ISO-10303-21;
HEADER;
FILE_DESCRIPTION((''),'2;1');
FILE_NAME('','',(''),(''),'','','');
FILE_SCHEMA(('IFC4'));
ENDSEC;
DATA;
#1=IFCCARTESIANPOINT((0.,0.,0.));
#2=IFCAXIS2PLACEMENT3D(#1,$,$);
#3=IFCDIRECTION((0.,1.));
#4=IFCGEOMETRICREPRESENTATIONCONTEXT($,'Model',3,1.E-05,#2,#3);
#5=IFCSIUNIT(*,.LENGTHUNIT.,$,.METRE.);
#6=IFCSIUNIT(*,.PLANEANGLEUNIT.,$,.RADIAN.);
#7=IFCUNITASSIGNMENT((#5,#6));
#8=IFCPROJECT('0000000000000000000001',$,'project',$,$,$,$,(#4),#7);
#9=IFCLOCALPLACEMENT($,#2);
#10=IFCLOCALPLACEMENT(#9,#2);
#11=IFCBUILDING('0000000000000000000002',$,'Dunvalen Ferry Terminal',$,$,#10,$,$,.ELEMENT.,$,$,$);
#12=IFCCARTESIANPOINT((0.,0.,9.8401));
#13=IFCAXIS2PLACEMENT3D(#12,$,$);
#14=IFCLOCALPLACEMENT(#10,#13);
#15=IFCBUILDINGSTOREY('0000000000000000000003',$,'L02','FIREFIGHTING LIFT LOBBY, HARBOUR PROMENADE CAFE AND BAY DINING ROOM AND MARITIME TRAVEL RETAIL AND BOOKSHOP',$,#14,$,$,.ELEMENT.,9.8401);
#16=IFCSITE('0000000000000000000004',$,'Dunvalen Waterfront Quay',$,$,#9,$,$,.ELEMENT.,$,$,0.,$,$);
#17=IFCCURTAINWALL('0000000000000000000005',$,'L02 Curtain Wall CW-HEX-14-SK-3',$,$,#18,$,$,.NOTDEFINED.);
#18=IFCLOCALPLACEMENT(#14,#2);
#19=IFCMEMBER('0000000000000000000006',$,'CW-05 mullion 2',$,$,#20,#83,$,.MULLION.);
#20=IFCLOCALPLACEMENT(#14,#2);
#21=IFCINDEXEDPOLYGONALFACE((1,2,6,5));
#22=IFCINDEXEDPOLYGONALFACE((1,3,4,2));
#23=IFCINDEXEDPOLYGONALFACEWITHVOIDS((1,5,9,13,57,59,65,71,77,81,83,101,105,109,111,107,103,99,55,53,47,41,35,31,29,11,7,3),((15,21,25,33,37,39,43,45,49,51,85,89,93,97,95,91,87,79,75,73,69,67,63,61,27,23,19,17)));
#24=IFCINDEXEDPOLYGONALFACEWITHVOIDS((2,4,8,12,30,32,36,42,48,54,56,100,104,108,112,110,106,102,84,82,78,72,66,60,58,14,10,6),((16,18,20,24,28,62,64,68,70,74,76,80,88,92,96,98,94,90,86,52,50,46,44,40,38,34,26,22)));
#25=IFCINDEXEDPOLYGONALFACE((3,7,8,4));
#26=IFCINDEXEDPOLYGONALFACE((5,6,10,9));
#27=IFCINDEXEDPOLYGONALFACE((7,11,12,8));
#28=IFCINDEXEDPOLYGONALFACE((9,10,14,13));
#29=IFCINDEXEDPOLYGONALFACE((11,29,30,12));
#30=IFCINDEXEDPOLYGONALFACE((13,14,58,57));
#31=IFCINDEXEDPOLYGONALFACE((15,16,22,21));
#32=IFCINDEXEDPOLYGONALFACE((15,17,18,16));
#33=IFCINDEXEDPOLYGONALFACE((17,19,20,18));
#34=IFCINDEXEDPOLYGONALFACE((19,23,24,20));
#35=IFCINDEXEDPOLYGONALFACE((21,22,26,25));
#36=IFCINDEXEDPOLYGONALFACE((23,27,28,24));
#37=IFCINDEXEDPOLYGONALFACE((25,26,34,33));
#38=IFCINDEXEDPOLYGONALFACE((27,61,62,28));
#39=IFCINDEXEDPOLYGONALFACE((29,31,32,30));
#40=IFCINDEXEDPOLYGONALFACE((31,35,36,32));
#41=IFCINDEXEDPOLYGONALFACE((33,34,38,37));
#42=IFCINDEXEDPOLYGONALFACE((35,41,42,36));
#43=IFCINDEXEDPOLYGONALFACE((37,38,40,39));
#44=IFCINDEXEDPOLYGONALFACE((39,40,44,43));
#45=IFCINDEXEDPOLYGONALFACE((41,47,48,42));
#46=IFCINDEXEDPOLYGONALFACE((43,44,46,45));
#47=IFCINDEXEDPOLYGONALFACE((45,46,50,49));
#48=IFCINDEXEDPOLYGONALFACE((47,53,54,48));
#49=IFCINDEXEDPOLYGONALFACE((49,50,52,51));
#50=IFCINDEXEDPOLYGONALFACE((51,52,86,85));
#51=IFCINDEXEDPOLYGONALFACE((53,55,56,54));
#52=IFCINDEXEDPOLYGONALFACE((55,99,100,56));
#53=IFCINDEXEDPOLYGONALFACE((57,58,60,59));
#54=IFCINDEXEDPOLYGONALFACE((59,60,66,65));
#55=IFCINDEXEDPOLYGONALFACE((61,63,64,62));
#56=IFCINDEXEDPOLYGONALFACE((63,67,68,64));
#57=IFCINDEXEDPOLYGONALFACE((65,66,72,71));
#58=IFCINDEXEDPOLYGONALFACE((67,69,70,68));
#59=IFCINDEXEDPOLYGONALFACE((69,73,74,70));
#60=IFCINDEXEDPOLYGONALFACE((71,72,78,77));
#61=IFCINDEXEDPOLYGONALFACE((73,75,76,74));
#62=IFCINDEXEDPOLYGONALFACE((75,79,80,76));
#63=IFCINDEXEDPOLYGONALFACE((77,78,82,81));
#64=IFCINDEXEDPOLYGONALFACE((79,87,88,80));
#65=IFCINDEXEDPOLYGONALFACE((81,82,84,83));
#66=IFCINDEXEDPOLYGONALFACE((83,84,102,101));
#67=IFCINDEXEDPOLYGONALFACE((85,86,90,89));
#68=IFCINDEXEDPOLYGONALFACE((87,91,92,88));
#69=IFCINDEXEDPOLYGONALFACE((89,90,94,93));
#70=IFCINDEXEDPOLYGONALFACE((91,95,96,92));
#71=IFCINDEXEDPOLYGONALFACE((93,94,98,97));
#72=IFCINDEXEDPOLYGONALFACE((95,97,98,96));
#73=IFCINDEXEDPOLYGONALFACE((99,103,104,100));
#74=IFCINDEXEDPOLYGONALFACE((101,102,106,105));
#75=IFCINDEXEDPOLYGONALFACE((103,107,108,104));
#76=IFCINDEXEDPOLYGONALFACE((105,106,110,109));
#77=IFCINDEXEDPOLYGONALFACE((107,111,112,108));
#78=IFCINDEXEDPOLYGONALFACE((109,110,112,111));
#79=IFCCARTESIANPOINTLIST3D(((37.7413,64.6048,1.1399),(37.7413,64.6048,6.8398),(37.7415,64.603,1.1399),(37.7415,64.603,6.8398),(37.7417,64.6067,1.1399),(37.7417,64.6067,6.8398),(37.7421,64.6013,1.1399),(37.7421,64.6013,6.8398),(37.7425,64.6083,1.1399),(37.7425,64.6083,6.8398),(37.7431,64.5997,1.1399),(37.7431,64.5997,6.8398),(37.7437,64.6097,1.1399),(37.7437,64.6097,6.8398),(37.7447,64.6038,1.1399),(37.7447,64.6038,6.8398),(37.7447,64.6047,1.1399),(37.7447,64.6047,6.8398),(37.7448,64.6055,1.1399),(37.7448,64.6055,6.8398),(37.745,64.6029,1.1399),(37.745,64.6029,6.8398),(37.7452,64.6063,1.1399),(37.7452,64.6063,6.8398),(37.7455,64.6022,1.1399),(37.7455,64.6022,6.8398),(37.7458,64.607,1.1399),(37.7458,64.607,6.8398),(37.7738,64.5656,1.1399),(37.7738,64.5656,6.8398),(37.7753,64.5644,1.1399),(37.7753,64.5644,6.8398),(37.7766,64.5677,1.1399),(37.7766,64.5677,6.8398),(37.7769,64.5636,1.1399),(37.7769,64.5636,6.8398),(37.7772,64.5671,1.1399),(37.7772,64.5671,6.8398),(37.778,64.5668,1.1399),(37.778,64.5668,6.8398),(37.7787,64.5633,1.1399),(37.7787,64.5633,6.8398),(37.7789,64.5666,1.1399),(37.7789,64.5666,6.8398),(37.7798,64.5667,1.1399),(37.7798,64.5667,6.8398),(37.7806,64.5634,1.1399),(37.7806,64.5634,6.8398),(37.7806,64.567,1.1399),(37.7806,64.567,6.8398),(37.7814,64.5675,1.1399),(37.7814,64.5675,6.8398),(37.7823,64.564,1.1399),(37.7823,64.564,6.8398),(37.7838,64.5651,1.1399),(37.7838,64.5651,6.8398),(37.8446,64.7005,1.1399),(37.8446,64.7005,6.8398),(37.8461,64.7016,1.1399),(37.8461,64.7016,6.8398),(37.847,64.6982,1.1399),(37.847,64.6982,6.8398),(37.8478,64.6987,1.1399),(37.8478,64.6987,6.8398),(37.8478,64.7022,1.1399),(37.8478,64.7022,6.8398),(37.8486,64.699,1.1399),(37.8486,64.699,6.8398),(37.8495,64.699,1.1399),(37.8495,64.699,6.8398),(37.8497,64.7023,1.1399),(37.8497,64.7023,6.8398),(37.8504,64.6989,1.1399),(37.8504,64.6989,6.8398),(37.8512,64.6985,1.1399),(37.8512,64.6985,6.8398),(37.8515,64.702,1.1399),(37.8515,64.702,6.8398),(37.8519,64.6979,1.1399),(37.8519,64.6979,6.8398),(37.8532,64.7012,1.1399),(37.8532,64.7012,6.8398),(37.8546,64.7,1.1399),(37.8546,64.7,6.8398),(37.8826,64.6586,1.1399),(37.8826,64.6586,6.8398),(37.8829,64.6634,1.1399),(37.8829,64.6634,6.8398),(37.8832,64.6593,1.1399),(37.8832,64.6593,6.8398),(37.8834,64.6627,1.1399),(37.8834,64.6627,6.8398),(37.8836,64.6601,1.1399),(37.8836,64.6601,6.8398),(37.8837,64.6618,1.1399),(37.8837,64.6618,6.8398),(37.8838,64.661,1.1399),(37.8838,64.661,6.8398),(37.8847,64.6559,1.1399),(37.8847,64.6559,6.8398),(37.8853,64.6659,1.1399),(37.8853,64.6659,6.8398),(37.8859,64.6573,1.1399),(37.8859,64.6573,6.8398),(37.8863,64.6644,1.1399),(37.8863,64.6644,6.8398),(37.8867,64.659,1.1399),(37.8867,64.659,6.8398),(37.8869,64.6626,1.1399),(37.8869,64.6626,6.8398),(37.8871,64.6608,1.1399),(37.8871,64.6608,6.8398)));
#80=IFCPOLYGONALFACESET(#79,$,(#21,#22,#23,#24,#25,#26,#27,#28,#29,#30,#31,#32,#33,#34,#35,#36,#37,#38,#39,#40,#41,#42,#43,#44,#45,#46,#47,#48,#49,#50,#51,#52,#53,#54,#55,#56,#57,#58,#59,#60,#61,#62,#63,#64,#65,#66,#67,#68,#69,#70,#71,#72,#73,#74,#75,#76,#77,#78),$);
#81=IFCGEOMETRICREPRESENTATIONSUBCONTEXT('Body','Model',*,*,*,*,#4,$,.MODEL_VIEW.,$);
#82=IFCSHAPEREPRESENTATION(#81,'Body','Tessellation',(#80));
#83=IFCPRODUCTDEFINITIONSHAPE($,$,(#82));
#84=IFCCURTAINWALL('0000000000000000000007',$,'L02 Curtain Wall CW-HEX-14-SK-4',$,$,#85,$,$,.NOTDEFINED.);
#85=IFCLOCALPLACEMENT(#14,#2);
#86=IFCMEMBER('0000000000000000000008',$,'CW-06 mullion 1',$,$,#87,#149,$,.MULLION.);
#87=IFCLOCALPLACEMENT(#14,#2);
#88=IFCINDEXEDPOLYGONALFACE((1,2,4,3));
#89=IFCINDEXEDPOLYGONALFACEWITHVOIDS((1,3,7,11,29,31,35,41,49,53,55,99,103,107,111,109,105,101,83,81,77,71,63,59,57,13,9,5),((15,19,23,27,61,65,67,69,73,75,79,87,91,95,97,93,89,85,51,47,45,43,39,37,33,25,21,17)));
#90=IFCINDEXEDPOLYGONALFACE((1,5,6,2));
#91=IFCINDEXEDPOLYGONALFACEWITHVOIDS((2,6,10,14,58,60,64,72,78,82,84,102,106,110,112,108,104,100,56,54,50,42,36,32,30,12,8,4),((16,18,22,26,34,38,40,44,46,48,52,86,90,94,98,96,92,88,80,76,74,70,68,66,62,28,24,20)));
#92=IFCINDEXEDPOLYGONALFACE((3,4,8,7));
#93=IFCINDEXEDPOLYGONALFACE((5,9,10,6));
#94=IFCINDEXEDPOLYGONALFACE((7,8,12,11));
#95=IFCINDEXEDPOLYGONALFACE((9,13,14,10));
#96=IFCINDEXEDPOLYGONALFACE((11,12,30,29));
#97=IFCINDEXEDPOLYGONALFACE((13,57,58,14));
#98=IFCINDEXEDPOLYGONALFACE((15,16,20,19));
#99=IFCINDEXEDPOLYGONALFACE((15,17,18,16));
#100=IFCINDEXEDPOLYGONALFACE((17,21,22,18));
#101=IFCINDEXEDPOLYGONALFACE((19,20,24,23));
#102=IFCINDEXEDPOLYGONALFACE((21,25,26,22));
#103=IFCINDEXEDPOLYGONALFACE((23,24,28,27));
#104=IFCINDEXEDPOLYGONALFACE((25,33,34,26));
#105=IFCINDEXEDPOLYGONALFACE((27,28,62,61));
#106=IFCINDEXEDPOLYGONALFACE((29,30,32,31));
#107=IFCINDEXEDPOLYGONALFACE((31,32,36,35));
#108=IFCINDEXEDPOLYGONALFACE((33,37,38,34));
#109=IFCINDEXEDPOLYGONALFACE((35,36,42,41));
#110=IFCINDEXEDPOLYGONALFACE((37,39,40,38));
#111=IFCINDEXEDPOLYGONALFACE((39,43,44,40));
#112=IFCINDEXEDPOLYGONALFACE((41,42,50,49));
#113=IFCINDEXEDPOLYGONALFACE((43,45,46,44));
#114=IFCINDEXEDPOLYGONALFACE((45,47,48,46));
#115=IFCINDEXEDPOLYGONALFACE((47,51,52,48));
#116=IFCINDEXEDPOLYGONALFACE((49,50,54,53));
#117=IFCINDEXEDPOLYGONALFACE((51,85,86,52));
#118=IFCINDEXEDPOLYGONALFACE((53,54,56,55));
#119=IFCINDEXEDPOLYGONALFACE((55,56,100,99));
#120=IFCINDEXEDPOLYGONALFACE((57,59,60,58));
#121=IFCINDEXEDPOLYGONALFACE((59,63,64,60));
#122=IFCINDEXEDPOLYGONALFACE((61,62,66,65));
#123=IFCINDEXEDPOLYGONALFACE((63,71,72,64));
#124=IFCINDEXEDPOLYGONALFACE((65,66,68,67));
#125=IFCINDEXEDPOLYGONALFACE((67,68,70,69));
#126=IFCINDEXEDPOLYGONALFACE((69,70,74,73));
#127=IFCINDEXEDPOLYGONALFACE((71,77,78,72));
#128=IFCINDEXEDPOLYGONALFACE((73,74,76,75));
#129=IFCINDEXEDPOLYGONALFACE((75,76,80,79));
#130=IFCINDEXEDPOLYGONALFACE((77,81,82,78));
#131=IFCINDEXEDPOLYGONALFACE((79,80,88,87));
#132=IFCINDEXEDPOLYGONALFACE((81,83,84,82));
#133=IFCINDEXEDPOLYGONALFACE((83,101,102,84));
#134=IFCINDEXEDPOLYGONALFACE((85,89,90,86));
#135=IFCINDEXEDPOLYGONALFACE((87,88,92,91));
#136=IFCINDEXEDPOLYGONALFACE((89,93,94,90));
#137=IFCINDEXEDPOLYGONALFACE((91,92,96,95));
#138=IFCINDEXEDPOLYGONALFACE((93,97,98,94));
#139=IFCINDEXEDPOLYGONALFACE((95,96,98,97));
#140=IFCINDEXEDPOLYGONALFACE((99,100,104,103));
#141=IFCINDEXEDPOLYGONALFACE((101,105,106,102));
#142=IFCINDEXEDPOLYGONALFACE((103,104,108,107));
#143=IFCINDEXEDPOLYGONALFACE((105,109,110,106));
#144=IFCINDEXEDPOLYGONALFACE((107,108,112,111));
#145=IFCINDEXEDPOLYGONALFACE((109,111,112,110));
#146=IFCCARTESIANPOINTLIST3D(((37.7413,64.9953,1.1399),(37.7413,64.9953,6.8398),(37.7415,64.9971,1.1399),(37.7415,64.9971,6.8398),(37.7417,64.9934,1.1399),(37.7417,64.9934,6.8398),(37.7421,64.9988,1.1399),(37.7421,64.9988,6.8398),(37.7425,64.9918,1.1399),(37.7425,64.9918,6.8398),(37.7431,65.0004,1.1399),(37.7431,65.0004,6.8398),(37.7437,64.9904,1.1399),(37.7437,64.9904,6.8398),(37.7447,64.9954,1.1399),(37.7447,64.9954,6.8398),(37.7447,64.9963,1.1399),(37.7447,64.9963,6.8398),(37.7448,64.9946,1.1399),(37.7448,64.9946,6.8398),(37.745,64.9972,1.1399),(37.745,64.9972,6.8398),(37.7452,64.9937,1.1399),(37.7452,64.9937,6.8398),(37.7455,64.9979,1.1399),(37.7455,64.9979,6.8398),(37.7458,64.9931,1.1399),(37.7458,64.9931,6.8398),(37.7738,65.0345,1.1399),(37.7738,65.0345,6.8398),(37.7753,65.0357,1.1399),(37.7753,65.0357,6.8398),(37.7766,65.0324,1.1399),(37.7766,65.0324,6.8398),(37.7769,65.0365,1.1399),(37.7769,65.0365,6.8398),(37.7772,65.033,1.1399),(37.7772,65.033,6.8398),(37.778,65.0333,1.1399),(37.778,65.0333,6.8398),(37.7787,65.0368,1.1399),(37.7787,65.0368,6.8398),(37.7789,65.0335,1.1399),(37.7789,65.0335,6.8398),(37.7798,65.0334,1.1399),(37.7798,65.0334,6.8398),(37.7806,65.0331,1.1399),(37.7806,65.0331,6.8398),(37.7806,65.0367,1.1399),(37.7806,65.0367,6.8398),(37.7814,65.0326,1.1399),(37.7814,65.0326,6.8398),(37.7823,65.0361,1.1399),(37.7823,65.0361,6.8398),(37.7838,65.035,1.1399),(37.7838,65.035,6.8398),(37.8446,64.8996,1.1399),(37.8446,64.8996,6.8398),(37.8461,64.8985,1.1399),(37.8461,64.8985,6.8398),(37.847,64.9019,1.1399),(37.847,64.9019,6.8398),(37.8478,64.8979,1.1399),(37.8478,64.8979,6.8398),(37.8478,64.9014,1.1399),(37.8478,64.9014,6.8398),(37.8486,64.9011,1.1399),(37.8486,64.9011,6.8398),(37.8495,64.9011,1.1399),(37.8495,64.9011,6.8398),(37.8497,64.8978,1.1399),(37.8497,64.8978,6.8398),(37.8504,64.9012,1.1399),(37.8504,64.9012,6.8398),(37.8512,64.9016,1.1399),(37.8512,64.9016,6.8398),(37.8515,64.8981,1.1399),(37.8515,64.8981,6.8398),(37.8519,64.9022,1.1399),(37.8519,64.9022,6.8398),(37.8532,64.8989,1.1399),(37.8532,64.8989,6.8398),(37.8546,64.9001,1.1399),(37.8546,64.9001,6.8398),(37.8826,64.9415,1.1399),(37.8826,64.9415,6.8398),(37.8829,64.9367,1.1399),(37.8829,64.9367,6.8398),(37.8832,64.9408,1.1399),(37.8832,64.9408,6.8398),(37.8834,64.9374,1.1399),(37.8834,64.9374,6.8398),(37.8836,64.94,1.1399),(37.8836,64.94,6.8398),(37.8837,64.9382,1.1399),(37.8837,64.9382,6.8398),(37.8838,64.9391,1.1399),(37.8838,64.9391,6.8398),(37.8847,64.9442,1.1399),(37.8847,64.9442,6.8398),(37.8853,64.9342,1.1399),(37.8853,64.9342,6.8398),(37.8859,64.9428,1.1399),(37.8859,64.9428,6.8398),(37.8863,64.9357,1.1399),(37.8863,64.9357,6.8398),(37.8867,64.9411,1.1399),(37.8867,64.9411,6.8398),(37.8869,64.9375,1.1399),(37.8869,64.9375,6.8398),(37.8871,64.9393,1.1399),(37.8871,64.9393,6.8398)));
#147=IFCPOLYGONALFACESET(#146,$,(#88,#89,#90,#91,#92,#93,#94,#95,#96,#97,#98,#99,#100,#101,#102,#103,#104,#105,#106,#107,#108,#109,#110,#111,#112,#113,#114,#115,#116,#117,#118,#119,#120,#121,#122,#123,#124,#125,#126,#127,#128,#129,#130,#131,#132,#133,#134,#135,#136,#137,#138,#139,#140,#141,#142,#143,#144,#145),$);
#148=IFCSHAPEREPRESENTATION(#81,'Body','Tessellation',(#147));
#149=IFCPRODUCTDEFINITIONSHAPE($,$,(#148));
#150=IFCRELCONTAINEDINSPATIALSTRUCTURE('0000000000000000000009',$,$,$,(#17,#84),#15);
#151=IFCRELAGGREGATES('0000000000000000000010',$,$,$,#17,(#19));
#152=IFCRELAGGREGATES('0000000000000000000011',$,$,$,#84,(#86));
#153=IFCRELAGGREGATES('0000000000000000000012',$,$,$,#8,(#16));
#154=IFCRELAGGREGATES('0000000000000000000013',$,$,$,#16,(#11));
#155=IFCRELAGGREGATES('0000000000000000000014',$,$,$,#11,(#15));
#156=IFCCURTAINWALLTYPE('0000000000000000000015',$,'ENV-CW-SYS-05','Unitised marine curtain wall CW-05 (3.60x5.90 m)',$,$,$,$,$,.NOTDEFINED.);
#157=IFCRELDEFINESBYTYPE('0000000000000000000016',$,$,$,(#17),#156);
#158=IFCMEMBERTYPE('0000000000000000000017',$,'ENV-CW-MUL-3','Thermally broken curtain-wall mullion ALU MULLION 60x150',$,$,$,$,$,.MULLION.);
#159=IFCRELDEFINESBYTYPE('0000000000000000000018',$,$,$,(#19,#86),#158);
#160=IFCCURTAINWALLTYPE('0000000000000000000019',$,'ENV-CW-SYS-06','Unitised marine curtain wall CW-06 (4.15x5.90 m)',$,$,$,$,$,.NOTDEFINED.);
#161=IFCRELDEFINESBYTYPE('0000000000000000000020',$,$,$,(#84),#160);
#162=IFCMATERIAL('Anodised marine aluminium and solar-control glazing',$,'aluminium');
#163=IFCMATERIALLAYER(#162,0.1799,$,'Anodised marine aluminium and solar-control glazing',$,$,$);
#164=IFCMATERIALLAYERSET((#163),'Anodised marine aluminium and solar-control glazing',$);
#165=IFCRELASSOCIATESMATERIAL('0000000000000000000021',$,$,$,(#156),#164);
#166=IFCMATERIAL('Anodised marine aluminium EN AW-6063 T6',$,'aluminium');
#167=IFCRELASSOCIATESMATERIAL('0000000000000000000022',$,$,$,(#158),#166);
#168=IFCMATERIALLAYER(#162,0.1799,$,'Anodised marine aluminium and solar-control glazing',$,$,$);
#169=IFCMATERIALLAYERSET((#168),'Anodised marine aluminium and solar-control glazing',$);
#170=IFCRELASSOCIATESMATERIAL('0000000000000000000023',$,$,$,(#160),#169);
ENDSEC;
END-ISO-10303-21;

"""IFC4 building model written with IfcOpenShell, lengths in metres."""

from ifc_helpers import new_model, si_unit, direction, frame, origin, origin_2d, place, context, subcontext, project, spatial, hollow_rectangle, extrude, material, layer, layer_set, material_profile, profile_set, type_object, element, aggregate, save


model = new_model("IFC4")

# Units and contexts
model_context = context("Model", 3, precision=1e-05, world=origin(), true_north=direction((0.0, 1.0)))
body_context = subcontext(model_context, "Body", "Model", "MODEL_VIEW")
ifc_project = project(units=[si_unit("LENGTHUNIT", "METRE"), si_unit("PLANEANGLEUNIT", "RADIAN")], contexts=[model_context])

# Site, building, storey
site_placement = place(None, origin())
site = spatial("IfcSite", under=ifc_project, at=site_placement, Name="Dunvalen Waterfront Quay", CompositionType="ELEMENT", RefElevation=0.0)
building_placement = place(site_placement, origin())
building = spatial("IfcBuilding", under=site, at=building_placement, Name="Dunvalen Ferry Terminal", CompositionType="ELEMENT")
storey_placement = place(building_placement, frame((0.0, 0.0, 9.8401)))
storey = spatial("IfcBuildingStorey", under=building, at=storey_placement, Name="L02", Description="FIREFIGHTING LIFT LOBBY, HARBOUR PROMENADE CAFE AND BAY DINING ROOM AND MARITIME TRAVEL RETAIL AND BOOKSHOP", CompositionType="ELEMENT", Elevation=9.8401)

# Curtain wall, member
ifc_material_1 = material(Name="Anodised marine aluminium and solar-control glazing", Category="aluminium")
ifc_layer_1 = layer(ifc_material_1, 0.1799, Name="Anodised marine aluminium and solar-control glazing")
ifc_layer_set_1 = layer_set([ifc_layer_1], Name="Anodised marine aluminium and solar-control glazing")
curtain_wall_type_1 = type_object("IfcCurtainWallType", Name="ENV-CW-SYS-05", Description="Unitised marine curtain wall CW-05 (3.60x5.90 m)", PredefinedType="NOTDEFINED", material=ifc_layer_set_1)
curtain_wall_1_placement = place(storey_placement, origin())
curtain_wall_1 = element("IfcCurtainWall", 1, at=curtain_wall_1_placement, inside=storey, type_object=curtain_wall_type_1, Name="L02 Curtain Wall CW-HEX-14-SK-3", PredefinedType="NOTDEFINED")
ifc_material_2 = material(Name="Anodised marine aluminium EN AW-6063 T6", Category="aluminium")
ifc_material_profile_1 = material_profile(ifc_material_2, hollow_rectangle(XDim=0.0601, YDim=0.1499, WallThickness=0.0034, InnerFilletRadius=0.0034, OuterFilletRadius=0.0071, at=origin_2d()), Name="Anodised marine aluminium EN AW-6063 T6")
ifc_profile_set_1 = profile_set([ifc_material_profile_1], Name="Anodised marine aluminium EN AW-6063 T6")
member_type_1 = type_object("IfcMemberType", Name="ENV-CW-MUL-3", Description="Thermally broken curtain-wall mullion ALU MULLION 60x150", PredefinedType="MULLION", material=ifc_profile_set_1)
member_1_placement = place(storey_placement, frame((37.8142, 64.6328, 1.1399), z_axis=(0.0, 0.0, 1.0), x_axis=(-0.668954, 0.743304, 0.0)))
member_1 = element("IfcMember", 2, at=member_1_placement, type_object=member_type_1, Name="CW-05 mullion 2", PredefinedType="MULLION", context=body_context, shape_type="SweptSolid", body=[
    extrude(hollow_rectangle(XDim=0.0601, YDim=0.1499, WallThickness=0.0034, InnerFilletRadius=0.0034, OuterFilletRadius=0.0071, at=origin_2d()), origin(), (0.0, 0.0, 1.0), 5.7),
])
aggregate(curtain_wall_1, [member_1])

# Curtain wall, member
ifc_layer_2 = layer(ifc_material_1, 0.1799, Name="Anodised marine aluminium and solar-control glazing")
ifc_layer_set_2 = layer_set([ifc_layer_2], Name="Anodised marine aluminium and solar-control glazing")
curtain_wall_type_2 = type_object("IfcCurtainWallType", Name="ENV-CW-SYS-06", Description="Unitised marine curtain wall CW-06 (4.15x5.90 m)", PredefinedType="NOTDEFINED", material=ifc_layer_set_2)
curtain_wall_2_placement = place(storey_placement, origin())
curtain_wall_2 = element("IfcCurtainWall", 3, at=curtain_wall_2_placement, inside=storey, type_object=curtain_wall_type_2, Name="L02 Curtain Wall CW-HEX-14-SK-4", PredefinedType="NOTDEFINED")
member_2_placement = place(storey_placement, frame((37.8142, 64.9673, 1.1399), z_axis=(0.0, 0.0, 1.0), x_axis=(-0.668954, -0.743304, 0.0)))
member_2 = element("IfcMember", 4, at=member_2_placement, type_object=member_type_1, Name="CW-06 mullion 1", PredefinedType="MULLION", context=body_context, shape_type="SweptSolid", body=[
    extrude(hollow_rectangle(XDim=0.0601, YDim=0.1499, WallThickness=0.0034, InnerFilletRadius=0.0034, OuterFilletRadius=0.0071, at=origin_2d()), origin(), (0.0, 0.0, 1.0), 5.7),
])

aggregate(curtain_wall_2, [member_2])

save(model, "model.ifc")
